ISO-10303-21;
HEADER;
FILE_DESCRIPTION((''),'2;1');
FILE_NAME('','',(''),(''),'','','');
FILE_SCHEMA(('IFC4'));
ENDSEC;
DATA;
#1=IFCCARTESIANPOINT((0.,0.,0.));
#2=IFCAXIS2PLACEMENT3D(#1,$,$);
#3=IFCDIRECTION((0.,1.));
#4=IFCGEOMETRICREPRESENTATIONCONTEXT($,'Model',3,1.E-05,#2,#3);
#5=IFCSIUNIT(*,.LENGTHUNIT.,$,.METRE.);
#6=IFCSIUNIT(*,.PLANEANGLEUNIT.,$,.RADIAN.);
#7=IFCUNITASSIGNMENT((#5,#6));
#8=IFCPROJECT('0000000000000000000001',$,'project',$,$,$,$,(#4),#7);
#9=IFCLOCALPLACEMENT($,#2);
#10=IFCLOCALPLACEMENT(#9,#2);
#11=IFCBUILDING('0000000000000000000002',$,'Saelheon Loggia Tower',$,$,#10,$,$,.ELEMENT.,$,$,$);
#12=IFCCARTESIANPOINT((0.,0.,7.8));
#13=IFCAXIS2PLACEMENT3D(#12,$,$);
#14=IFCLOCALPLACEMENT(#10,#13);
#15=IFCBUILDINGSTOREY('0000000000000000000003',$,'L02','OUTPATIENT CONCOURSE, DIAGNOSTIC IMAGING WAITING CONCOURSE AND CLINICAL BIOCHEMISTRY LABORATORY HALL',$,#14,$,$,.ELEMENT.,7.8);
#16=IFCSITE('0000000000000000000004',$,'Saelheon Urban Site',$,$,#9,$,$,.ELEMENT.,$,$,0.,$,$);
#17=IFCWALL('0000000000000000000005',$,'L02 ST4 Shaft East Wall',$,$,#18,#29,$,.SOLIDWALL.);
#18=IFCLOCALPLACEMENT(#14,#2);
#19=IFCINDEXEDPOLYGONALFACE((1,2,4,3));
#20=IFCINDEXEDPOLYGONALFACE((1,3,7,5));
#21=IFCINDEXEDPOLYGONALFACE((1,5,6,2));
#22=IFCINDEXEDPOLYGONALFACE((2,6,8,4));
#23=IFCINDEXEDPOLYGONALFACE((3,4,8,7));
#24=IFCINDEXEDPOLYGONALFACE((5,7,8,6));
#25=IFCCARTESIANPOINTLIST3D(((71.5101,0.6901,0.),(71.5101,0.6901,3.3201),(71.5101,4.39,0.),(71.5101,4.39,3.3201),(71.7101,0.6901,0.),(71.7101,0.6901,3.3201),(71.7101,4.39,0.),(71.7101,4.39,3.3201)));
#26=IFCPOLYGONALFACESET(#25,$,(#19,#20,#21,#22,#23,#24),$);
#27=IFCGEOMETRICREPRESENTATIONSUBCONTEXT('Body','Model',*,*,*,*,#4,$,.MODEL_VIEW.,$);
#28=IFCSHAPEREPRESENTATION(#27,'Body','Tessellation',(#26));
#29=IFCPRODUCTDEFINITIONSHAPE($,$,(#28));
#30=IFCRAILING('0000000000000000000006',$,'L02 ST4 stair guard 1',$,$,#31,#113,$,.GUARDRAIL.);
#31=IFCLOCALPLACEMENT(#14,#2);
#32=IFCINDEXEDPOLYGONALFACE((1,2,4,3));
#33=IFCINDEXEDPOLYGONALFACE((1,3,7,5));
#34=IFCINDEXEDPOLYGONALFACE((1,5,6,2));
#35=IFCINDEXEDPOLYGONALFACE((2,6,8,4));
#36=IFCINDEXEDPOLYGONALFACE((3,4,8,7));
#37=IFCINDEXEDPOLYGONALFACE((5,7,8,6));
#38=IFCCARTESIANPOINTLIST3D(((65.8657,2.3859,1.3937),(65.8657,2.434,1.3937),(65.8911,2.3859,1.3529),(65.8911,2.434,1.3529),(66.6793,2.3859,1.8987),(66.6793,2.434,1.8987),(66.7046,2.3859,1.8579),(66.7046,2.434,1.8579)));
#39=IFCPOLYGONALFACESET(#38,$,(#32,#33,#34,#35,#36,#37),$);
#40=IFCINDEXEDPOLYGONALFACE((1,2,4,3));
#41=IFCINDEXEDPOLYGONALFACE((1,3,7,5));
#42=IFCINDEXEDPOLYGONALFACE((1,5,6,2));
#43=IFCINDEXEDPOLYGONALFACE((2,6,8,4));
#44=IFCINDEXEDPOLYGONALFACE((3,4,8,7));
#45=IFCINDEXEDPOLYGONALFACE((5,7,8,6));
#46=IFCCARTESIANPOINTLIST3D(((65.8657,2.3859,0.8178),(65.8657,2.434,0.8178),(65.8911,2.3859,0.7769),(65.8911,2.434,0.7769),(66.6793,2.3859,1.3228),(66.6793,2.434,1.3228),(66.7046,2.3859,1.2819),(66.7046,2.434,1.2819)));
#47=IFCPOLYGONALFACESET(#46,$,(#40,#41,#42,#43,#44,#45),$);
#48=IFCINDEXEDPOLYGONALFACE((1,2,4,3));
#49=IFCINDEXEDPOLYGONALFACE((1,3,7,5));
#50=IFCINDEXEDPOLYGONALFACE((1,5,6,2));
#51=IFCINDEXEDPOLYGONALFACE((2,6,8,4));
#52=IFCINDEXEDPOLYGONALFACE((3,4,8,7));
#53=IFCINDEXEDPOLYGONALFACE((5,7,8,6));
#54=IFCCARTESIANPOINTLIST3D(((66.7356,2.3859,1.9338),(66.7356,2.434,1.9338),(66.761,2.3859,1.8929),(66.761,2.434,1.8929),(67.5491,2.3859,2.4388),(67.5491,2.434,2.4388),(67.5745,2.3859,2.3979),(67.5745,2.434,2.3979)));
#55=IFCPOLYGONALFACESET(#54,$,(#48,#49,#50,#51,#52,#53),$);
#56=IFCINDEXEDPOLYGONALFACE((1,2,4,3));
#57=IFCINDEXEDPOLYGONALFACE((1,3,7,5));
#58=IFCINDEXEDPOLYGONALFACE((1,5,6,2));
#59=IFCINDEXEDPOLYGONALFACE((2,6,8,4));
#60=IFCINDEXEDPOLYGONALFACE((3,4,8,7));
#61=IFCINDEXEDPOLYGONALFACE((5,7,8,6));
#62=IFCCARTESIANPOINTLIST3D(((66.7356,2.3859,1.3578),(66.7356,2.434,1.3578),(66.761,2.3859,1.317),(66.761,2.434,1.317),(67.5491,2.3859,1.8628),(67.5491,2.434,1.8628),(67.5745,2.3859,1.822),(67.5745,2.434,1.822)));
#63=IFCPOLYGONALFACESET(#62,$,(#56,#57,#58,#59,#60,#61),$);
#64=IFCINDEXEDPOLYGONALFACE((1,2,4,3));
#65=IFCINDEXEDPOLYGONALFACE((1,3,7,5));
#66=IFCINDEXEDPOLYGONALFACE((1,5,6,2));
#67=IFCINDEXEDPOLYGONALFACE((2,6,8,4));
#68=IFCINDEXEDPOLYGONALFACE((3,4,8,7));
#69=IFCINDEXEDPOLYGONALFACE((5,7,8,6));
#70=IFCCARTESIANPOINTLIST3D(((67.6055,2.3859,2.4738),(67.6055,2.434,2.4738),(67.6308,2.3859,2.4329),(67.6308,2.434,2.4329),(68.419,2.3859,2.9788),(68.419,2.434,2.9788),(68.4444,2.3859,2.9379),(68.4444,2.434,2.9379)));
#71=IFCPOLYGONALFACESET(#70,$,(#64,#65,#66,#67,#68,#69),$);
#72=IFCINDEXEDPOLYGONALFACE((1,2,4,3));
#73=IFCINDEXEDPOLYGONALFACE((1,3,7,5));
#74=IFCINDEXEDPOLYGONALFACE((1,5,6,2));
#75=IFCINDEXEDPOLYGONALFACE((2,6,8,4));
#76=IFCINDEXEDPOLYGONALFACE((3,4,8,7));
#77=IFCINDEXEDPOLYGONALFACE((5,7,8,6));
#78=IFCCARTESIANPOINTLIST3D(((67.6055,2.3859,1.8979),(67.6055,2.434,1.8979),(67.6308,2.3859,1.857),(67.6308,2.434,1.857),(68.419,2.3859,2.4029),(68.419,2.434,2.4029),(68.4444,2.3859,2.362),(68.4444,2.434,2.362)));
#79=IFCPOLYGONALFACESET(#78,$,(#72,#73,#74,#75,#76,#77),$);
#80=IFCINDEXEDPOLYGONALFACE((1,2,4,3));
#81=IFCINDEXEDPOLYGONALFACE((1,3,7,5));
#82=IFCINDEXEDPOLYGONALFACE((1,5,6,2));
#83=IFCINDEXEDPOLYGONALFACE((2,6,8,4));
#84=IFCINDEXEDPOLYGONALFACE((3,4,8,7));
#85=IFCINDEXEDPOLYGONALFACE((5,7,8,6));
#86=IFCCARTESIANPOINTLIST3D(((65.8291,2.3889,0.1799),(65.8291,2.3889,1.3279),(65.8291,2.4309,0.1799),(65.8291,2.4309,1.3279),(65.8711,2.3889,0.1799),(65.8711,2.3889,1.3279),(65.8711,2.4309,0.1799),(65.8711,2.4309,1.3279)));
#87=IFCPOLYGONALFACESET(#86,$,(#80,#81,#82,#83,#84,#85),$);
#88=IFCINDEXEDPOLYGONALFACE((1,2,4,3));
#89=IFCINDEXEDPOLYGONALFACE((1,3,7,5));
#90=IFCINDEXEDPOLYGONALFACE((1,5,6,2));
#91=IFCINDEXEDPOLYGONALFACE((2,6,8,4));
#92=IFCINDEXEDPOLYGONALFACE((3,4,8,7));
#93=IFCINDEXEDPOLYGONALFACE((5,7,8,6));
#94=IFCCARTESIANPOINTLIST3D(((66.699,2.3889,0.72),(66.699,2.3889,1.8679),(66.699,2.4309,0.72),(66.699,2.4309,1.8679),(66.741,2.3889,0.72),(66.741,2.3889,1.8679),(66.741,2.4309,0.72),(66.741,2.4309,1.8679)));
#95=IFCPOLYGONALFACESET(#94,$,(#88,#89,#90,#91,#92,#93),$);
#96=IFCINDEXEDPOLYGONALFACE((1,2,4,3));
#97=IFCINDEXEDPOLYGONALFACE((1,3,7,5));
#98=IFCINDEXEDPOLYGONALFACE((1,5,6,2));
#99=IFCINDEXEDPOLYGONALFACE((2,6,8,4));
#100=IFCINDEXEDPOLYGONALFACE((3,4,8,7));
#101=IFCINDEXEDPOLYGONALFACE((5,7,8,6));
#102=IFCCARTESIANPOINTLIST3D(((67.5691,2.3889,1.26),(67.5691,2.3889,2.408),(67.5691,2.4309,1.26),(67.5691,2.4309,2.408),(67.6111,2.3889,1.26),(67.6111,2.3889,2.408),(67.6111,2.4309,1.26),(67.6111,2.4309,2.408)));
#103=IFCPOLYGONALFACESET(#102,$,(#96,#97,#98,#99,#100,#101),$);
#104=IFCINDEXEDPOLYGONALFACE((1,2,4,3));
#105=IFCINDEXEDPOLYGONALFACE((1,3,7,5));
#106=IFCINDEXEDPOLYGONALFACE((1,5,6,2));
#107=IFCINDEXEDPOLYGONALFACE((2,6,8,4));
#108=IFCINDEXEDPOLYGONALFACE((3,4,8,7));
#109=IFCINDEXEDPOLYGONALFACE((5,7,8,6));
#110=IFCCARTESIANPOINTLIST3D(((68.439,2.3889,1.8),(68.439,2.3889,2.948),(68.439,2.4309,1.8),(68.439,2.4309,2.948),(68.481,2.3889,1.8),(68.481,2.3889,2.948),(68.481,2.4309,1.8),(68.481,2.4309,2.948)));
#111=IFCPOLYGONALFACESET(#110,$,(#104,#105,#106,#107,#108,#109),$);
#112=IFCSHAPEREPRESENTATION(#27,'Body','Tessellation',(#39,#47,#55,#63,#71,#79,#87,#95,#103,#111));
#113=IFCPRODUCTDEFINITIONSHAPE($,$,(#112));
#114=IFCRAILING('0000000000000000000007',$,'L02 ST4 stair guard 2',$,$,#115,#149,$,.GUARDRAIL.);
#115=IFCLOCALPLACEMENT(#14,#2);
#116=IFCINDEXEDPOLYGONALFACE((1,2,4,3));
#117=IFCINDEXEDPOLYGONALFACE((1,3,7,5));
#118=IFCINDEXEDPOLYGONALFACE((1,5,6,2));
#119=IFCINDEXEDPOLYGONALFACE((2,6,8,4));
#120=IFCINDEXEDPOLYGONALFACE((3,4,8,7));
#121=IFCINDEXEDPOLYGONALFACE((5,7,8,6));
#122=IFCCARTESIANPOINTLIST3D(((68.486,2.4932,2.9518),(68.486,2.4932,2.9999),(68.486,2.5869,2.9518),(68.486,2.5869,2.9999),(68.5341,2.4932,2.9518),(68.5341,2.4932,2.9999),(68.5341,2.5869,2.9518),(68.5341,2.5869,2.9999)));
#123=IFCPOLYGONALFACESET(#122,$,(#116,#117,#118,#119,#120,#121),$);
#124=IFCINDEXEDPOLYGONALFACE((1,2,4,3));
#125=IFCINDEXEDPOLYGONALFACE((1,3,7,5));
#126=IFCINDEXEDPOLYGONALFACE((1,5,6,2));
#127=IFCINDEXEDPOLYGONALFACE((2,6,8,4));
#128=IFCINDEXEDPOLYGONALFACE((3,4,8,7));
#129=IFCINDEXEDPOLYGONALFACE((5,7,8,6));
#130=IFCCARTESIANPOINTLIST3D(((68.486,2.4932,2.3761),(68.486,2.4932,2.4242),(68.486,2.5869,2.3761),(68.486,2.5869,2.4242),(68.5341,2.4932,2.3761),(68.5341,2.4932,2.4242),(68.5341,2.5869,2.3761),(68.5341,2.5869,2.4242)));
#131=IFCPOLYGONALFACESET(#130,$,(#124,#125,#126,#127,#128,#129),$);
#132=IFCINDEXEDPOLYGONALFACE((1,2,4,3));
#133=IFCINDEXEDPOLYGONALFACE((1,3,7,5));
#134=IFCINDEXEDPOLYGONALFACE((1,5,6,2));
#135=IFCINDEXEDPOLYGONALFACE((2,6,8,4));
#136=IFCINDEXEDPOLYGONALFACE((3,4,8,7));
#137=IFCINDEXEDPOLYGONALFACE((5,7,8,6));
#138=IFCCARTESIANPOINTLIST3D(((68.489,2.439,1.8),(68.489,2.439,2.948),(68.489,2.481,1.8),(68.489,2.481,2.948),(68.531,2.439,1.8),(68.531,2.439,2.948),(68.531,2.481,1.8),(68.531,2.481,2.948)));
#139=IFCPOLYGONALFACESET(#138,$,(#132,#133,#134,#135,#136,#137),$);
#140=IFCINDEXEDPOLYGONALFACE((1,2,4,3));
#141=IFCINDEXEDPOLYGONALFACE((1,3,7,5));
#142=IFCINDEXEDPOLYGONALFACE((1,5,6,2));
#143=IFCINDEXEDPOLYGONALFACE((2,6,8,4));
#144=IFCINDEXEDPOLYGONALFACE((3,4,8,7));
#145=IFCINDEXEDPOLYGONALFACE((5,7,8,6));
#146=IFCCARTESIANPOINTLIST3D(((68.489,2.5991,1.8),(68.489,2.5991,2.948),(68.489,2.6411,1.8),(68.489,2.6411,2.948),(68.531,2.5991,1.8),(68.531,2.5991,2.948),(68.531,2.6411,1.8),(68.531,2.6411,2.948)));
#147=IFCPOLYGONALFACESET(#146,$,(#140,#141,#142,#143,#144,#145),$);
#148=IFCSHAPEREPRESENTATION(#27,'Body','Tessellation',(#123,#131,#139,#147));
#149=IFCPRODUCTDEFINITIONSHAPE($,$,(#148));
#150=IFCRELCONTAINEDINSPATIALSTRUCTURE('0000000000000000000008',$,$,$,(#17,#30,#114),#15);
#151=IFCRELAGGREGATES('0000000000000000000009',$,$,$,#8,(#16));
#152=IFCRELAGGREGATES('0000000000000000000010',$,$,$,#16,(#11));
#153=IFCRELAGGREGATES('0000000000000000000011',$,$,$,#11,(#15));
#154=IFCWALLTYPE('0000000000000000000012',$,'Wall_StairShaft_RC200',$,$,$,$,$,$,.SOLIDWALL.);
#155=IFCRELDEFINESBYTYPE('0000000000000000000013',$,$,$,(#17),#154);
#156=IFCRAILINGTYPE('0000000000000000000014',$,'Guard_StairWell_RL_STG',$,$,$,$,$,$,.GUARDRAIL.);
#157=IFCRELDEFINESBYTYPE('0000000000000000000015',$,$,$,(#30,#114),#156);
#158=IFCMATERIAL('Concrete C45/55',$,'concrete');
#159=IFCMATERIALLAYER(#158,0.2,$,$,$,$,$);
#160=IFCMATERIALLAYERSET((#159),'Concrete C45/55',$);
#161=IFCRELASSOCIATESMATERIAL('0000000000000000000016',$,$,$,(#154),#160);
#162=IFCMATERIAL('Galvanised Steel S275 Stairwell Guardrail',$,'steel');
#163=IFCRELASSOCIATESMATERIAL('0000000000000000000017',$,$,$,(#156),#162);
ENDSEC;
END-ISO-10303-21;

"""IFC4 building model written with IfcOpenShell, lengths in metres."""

from ifc_helpers import new_model, si_unit, direction, frame, frame_2d, origin, origin_2d, place, context, subcontext, project, spatial, rectangle, extrude, material, layer, layer_set, type_object, element, save


model = new_model("IFC4")

# Units and contexts
model_context = context("Model", 3, precision=1e-05, world=origin(), true_north=direction((0.0, 1.0)))
body_context = subcontext(model_context, "Body", "Model", "MODEL_VIEW")
ifc_project = project(units=[si_unit("LENGTHUNIT", "METRE"), si_unit("PLANEANGLEUNIT", "RADIAN")], contexts=[model_context])

# Site, building, storey
site_placement = place(None, origin())
site = spatial("IfcSite", under=ifc_project, at=site_placement, Name="Saelheon Urban Site", CompositionType="ELEMENT", RefElevation=0.0)
building_placement = place(site_placement, origin())
building = spatial("IfcBuilding", under=site, at=building_placement, Name="Saelheon Loggia Tower", CompositionType="ELEMENT")
storey_placement = place(building_placement, frame((0.0, 0.0, 7.8)))
storey = spatial("IfcBuildingStorey", under=building, at=storey_placement, Name="L02", Description="OUTPATIENT CONCOURSE, DIAGNOSTIC IMAGING WAITING CONCOURSE AND CLINICAL BIOCHEMISTRY LABORATORY HALL", CompositionType="ELEMENT", Elevation=7.8)

# Shared definitions
ifc_material_1 = material(Name="Concrete C45/55", Category="concrete")

# Wall
ifc_layer_1 = layer(ifc_material_1, 0.2)
ifc_layer_set_1 = layer_set([ifc_layer_1], Name="Concrete C45/55")
wall_type_1 = type_object("IfcWallType", Name="Wall_StairShaft_RC200", PredefinedType="SOLIDWALL", material=ifc_layer_set_1)
for number, where, z_axis, x_axis, name in (
    (1, (71.6101, 0.6899, 0.0), (0.0, 0.0, 1.0), (0.0, 1.0, 0.0), "L02 ST4 Shaft East Wall"),
):
    element("IfcWall", number, at=place(storey_placement, frame(where, z_axis=z_axis, x_axis=x_axis)), inside=storey, type_object=wall_type_1, Name=name, PredefinedType="SOLIDWALL", context=body_context, shape_type="SweptSolid", body=[
        extrude(rectangle(XDim=3.7, YDim=0.2, at=frame_2d((1.8501, 0.0))), origin(), (0.0, 0.0, 1.0), 3.3201),
    ])

# Railings
ifc_material_2 = material(Name="Galvanised Steel S275 Stairwell Guardrail", Category="steel")
railing_type_1 = type_object("IfcRailingType", Name="Guard_StairWell_RL_STG", PredefinedType="GUARDRAIL", material=ifc_material_2)
railing_1_placement = place(storey_placement, frame((65.8501, 2.4099, 0.1799)))
element("IfcRailing", 2, at=railing_1_placement, inside=storey, type_object=railing_type_1, Name="L02 ST4 stair guard 1", PredefinedType="GUARDRAIL", context=body_context, shape_type="SweptSolid", body=[
    extrude(rectangle(XDim=0.0481, YDim=0.0481, at=origin_2d()), frame((0.0283, 0.0, 1.1934), z_axis=(0.849611, 0.0, 0.52741), x_axis=(0.0, 1.0, 0.0)), (0.0, 0.0, 1.0), 0.9575),
    extrude(rectangle(XDim=0.0481, YDim=0.0481, at=origin_2d()), frame((0.0283, 0.0, 0.6174), z_axis=(0.849611, 0.0, 0.52741), x_axis=(0.0, 1.0, 0.0)), (0.0, 0.0, 1.0), 0.9575),
    extrude(rectangle(XDim=0.0481, YDim=0.0481, at=origin_2d()), frame((0.8982, 0.0, 1.7334), z_axis=(0.849611, 0.0, 0.52741), x_axis=(0.0, 1.0, 0.0)), (0.0, 0.0, 1.0), 0.9575),
    extrude(rectangle(XDim=0.0481, YDim=0.0481, at=origin_2d()), frame((0.8982, 0.0, 1.1575), z_axis=(0.849611, 0.0, 0.52741), x_axis=(0.0, 1.0, 0.0)), (0.0, 0.0, 1.0), 0.9575),
    extrude(rectangle(XDim=0.0481, YDim=0.0481, at=origin_2d()), frame((1.7681, 0.0, 2.2734), z_axis=(0.849611, 0.0, 0.52741), x_axis=(0.0, 1.0, 0.0)), (0.0, 0.0, 1.0), 0.9575),
    extrude(rectangle(XDim=0.0481, YDim=0.0481, at=origin_2d()), frame((1.7681, 0.0, 1.6975), z_axis=(0.849611, 0.0, 0.52741), x_axis=(0.0, 1.0, 0.0)), (0.0, 0.0, 1.0), 0.9575),
    extrude(rectangle(XDim=0.042, YDim=0.042, at=origin_2d()), origin(), (0.0, 0.0, 1.0), 1.1479),
    extrude(rectangle(XDim=0.042, YDim=0.042, at=origin_2d()), frame((0.8699, 0.0, 0.54)), (0.0, 0.0, 1.0), 1.1479),
    extrude(rectangle(XDim=0.042, YDim=0.042, at=origin_2d()), frame((1.74, 0.0, 1.0801)), (0.0, 0.0, 1.0), 1.1479),
    extrude(rectangle(XDim=0.042, YDim=0.042, at=origin_2d()), frame((2.6099, 0.0, 1.6201)), (0.0, 0.0, 1.0), 1.1479),
])
railing_2_placement = place(storey_placement, frame((68.51, 2.46, 1.8)))
element("IfcRailing", 3, at=railing_2_placement, inside=storey, type_object=railing_type_1, Name="L02 ST4 stair guard 2", PredefinedType="GUARDRAIL", context=body_context, shape_type="SweptSolid", body=[
    extrude(rectangle(XDim=0.0481, YDim=0.0481, at=origin_2d()), frame((0.0, 0.0332, 1.1758), z_axis=(0.0, 1.0, 0.0), x_axis=(-1.0, 0.0, 0.0)), (0.0, 0.0, 1.0), 0.0938),
    extrude(rectangle(XDim=0.0481, YDim=0.0481, at=origin_2d()), frame((0.0, 0.0332, 0.6001), z_axis=(0.0, 1.0, 0.0), x_axis=(-1.0, 0.0, 0.0)), (0.0, 0.0, 1.0), 0.0938),
    extrude(rectangle(XDim=0.042, YDim=0.042, at=origin_2d()), origin(), (0.0, 0.0, 1.0), 1.1479),
    extrude(rectangle(XDim=0.042, YDim=0.042, at=origin_2d()), frame((0.0, 0.1602, 0.0)), (0.0, 0.0, 1.0), 1.1479),
])

save(model, "model.ifc")
